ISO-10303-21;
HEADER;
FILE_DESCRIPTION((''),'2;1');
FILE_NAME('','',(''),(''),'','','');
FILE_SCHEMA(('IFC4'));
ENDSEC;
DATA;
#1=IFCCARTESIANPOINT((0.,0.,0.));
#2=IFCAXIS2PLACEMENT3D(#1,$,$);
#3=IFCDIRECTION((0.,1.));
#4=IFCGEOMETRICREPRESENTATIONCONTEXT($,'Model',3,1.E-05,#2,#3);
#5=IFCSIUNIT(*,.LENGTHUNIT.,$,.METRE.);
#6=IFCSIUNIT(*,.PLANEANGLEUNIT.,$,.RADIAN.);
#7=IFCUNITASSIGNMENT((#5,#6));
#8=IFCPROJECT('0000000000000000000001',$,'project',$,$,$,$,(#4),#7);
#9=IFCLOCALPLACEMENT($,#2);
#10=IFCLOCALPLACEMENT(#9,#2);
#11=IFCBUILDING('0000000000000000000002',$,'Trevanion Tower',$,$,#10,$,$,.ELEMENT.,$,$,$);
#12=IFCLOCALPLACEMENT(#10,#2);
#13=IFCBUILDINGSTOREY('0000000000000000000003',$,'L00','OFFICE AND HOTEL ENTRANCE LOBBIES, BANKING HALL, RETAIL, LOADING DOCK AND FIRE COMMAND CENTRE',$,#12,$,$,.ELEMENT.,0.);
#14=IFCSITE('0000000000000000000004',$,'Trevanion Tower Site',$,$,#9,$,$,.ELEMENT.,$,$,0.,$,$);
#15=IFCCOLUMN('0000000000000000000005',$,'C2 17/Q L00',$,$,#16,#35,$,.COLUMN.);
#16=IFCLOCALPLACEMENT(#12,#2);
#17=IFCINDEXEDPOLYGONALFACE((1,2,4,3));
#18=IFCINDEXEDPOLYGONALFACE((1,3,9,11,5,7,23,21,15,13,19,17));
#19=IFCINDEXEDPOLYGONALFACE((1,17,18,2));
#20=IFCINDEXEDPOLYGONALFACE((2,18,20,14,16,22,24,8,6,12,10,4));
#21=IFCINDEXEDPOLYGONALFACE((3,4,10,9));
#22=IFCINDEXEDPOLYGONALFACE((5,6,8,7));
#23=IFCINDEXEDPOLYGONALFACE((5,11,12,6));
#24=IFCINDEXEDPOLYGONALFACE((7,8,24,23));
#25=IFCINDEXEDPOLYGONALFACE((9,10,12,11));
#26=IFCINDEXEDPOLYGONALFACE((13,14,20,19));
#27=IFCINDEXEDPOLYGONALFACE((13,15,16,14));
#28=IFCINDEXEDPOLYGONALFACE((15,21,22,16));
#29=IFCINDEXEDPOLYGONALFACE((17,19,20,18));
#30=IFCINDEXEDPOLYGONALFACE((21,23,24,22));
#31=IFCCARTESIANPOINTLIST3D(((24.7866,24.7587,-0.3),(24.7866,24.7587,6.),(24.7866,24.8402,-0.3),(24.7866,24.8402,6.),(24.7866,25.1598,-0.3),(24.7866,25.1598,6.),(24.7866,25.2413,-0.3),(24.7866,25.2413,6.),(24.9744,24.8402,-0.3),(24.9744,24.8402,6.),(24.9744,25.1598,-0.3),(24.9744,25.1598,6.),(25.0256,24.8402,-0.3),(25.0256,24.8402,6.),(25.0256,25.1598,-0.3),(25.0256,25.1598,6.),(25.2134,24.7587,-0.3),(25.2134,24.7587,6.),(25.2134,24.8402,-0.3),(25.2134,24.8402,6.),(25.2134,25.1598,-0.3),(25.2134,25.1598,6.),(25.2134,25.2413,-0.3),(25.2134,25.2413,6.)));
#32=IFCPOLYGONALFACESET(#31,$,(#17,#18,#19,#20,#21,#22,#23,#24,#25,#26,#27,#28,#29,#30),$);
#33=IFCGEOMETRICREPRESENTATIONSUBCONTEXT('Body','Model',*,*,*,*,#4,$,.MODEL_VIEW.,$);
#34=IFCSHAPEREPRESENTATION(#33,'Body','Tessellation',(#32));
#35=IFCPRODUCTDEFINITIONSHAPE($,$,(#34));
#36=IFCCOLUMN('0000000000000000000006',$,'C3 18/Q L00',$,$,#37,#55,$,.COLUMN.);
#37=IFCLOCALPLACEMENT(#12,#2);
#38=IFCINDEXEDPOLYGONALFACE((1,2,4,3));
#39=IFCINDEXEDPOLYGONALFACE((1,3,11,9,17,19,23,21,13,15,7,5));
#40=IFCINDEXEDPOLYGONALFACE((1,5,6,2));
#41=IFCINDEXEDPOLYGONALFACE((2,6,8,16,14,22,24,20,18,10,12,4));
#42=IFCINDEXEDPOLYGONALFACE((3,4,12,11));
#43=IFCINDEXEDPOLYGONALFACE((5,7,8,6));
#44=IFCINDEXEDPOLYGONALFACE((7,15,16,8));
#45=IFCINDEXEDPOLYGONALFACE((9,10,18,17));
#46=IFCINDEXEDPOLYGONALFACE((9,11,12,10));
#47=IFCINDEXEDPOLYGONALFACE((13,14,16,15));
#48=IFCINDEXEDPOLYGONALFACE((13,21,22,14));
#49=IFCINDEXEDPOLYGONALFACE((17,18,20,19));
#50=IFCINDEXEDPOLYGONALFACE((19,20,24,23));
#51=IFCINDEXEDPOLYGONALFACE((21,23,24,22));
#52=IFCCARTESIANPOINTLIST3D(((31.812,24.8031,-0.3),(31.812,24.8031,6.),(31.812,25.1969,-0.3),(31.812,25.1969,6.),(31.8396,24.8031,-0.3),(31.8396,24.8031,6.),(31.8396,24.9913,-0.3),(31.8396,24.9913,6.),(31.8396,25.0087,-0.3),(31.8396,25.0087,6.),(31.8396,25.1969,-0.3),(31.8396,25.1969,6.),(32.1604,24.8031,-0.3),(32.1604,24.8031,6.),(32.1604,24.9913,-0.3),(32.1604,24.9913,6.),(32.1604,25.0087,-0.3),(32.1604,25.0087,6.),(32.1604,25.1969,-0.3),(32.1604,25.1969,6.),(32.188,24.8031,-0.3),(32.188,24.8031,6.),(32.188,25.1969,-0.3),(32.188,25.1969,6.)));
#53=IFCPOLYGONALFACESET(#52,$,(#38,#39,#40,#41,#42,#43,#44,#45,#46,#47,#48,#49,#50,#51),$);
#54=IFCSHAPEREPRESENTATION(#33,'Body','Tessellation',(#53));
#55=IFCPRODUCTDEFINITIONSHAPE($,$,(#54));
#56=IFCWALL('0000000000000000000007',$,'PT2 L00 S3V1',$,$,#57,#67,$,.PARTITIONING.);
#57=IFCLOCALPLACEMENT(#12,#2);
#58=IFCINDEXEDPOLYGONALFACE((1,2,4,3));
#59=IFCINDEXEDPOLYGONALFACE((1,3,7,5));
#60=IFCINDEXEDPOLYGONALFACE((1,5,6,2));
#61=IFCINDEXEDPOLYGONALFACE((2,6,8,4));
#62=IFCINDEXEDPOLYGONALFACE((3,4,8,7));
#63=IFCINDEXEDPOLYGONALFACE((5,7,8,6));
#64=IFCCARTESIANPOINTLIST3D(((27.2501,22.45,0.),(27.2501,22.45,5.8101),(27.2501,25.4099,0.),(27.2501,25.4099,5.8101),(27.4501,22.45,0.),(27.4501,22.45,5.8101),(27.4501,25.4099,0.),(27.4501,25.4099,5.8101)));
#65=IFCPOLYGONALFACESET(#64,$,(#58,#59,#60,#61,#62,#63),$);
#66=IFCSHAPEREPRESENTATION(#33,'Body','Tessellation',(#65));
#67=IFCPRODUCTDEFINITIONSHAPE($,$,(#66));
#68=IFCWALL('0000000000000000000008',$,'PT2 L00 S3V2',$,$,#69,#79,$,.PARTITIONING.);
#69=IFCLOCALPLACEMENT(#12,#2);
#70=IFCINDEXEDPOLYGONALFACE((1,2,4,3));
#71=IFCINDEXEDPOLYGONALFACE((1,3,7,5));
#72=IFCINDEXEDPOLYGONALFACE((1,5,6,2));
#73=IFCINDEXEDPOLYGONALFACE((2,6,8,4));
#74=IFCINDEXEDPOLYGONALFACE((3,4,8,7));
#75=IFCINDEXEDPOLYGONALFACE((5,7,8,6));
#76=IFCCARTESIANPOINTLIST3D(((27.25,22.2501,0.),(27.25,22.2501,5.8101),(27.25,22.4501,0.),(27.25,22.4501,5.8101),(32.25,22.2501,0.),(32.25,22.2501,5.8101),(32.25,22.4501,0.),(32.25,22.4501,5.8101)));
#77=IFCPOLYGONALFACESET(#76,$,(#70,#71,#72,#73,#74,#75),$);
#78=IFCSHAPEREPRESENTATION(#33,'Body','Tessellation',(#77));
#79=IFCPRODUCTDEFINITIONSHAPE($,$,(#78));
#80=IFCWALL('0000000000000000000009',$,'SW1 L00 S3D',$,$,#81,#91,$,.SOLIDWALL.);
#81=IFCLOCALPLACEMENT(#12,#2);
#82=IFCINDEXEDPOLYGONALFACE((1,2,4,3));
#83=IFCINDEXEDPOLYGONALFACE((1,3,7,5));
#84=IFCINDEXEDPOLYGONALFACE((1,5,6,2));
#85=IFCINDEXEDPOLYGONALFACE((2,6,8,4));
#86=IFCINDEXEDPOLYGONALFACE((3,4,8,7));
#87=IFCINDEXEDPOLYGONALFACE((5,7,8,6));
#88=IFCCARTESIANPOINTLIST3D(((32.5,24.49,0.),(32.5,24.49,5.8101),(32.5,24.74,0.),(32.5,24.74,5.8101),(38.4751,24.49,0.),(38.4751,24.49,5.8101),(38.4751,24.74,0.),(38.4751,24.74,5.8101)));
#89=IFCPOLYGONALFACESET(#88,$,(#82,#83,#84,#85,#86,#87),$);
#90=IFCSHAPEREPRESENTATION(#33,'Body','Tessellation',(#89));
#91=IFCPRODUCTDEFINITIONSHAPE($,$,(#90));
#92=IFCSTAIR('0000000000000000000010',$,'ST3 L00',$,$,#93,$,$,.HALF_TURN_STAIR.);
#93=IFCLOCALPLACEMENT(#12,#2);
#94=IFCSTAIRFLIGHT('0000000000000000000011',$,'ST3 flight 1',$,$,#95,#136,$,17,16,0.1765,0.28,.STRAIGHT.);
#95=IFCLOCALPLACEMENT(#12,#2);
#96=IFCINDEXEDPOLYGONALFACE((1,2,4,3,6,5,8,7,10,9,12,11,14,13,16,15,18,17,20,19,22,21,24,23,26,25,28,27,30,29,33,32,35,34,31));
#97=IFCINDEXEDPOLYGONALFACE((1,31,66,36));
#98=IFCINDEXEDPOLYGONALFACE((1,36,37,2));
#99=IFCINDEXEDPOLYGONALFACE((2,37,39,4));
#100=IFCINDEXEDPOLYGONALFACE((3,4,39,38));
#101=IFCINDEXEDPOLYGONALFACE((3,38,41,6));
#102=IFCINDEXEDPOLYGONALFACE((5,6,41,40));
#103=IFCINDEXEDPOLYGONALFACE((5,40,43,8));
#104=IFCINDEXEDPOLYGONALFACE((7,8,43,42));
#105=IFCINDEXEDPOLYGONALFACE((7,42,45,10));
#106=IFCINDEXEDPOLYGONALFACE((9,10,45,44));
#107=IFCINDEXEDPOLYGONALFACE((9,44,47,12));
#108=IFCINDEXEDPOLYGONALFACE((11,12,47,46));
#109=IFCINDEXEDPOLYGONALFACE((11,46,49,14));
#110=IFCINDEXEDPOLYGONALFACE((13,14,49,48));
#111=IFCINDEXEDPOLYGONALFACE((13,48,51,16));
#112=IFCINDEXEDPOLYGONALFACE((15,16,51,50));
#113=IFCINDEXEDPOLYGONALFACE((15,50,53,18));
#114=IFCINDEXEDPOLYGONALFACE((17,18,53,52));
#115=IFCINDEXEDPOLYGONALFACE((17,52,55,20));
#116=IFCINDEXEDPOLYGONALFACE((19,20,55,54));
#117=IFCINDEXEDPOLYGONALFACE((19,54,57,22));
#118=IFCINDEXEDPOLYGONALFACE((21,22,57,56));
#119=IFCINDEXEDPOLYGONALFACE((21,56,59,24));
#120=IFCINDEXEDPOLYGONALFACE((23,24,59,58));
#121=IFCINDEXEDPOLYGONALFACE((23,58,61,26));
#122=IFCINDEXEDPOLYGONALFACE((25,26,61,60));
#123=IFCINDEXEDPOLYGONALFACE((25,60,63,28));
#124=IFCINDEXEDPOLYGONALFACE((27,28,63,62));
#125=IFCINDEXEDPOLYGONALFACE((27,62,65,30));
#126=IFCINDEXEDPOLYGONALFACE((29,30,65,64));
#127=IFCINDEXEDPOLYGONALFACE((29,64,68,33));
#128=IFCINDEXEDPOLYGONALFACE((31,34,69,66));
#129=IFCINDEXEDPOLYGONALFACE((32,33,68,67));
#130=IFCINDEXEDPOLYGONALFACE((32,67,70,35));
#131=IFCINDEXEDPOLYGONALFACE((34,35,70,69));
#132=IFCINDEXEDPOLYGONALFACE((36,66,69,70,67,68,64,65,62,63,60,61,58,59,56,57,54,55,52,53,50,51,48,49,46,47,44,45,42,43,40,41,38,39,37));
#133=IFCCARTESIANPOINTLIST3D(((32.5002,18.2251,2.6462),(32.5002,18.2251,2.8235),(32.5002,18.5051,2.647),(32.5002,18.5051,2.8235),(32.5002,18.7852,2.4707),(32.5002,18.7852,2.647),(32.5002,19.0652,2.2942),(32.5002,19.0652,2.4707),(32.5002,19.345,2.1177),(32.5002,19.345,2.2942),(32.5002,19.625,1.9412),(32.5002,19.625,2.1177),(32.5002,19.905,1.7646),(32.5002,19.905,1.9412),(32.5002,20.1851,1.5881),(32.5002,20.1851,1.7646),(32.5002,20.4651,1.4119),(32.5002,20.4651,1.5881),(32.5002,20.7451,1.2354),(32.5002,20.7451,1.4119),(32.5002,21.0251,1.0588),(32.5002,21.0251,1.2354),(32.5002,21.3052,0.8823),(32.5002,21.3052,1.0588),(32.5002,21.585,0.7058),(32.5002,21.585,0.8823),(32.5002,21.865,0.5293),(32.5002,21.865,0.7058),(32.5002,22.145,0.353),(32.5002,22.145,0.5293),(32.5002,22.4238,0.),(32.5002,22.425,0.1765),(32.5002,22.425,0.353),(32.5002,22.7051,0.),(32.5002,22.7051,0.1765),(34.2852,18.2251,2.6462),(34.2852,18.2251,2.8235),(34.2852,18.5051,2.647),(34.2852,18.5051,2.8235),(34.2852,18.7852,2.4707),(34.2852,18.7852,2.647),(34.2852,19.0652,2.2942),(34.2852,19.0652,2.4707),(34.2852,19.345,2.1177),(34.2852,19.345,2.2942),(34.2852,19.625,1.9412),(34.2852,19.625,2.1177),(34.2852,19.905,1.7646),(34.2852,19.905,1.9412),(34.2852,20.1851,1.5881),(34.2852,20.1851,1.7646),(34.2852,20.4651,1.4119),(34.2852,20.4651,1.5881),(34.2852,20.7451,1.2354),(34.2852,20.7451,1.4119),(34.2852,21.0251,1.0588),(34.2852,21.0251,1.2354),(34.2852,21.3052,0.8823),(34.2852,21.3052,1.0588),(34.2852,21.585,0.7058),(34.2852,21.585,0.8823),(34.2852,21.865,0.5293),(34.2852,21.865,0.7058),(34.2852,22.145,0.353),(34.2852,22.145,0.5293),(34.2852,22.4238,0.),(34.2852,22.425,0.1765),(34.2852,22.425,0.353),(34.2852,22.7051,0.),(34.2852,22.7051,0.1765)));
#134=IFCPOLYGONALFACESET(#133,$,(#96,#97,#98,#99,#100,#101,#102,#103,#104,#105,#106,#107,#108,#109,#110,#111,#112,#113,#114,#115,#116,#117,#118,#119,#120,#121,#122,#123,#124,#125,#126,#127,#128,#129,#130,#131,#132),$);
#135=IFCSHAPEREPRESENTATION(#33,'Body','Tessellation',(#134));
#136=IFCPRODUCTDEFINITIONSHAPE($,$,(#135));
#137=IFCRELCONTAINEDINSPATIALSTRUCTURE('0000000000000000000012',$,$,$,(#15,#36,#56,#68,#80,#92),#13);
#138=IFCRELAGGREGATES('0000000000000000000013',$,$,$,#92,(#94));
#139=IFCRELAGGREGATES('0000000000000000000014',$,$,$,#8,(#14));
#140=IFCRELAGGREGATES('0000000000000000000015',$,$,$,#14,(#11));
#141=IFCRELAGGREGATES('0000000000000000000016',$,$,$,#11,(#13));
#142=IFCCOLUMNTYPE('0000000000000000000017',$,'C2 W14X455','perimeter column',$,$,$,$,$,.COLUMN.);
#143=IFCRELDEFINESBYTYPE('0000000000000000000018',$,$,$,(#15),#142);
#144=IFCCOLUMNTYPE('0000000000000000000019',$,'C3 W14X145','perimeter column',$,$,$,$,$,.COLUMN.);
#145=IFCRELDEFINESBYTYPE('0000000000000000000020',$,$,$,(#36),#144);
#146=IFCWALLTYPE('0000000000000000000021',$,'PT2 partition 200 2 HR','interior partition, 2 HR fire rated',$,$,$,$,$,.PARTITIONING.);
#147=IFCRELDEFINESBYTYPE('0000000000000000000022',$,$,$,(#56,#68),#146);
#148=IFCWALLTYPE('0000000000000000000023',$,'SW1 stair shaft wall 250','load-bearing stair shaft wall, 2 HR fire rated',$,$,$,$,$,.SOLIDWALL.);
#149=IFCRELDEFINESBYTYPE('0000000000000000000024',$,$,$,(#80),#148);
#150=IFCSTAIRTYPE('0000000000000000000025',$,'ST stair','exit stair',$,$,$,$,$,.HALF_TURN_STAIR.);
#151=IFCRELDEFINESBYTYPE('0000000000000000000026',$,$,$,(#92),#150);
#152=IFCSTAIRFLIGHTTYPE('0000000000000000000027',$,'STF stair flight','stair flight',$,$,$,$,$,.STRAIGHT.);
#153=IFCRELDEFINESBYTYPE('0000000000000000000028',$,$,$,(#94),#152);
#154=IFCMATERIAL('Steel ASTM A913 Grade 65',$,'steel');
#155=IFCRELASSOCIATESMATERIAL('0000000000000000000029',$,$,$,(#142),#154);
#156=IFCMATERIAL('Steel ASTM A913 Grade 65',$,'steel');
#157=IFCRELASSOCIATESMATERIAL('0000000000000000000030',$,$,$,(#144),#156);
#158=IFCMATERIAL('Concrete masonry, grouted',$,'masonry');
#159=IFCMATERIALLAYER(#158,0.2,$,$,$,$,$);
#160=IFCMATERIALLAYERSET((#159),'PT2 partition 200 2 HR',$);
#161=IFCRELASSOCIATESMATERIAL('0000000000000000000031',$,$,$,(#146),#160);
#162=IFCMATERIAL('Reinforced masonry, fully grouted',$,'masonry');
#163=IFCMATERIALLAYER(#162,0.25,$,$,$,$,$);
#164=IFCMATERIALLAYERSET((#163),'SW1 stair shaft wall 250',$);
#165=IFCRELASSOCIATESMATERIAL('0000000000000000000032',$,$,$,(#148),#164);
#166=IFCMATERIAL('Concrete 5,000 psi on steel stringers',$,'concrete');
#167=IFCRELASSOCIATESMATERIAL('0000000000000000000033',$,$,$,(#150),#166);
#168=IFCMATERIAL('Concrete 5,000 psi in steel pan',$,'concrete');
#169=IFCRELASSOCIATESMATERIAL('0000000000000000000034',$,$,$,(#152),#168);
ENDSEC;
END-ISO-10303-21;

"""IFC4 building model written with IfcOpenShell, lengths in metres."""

from ifc_helpers import new_model, si_unit, direction, frame, frame_2d, origin, origin_2d, place, context, subcontext, project, spatial, polyline, rectangle, i_section, outline, extrude, material, layer, layer_set, material_profile, profile_set, type_object, element, aggregate, save


model = new_model("IFC4")

# Units and contexts
model_context = context("Model", 3, precision=1e-05, world=origin(), true_north=direction((0.0, 1.0)))
body_context = subcontext(model_context, "Body", "Model", "MODEL_VIEW")
ifc_project = project(units=[si_unit("LENGTHUNIT", "METRE"), si_unit("PLANEANGLEUNIT", "RADIAN")], contexts=[model_context])

# Site, building, storey
site_placement = place(None, origin())
site = spatial("IfcSite", under=ifc_project, at=site_placement, Name="Trevanion Tower Site", CompositionType="ELEMENT", RefElevation=0.0)
building_placement = place(site_placement, origin())
building = spatial("IfcBuilding", under=site, at=building_placement, Name="Trevanion Tower", CompositionType="ELEMENT")
storey_placement = place(building_placement, origin())
storey = spatial("IfcBuildingStorey", under=building, at=storey_placement, Name="L00", Description="OFFICE AND HOTEL ENTRANCE LOBBIES, BANKING HALL, RETAIL, LOADING DOCK AND FIRE COMMAND CENTRE", CompositionType="ELEMENT", Elevation=0.0)

# Columns
ifc_material_1 = material(Name="Steel ASTM A913 Grade 65", Category="steel")
ifc_material_profile_1 = material_profile(ifc_material_1, i_section(OverallWidth=0.4268, OverallDepth=0.4827, WebThickness=0.0513, FlangeThickness=0.0815, at=origin_2d()), Name="W14X455")
ifc_profile_set_1 = profile_set([ifc_material_profile_1], Name="Steel ASTM A913 Grade 65")
column_type_1 = type_object("IfcColumnType", Name="C2 W14X455", Description="perimeter column", PredefinedType="COLUMN", material=ifc_profile_set_1)
column_1_placement = place(storey_placement, frame((25.0, 25.0, -0.3), z_axis=(0.0, 0.0, 1.0), x_axis=(1.0, 0.0, 0.0)))
element("IfcColumn", 1, at=column_1_placement, inside=storey, type_object=column_type_1, Name="C2 17/Q L00", PredefinedType="COLUMN", context=body_context, shape_type="SweptSolid", body=[
    extrude(i_section(OverallWidth=0.4268, OverallDepth=0.4827, WebThickness=0.0513, FlangeThickness=0.0815, at=origin_2d()), origin(), (0.0, 0.0, 1.0), 6.3),
])
ifc_material_2 = material(Name="Steel ASTM A913 Grade 65", Category="steel")
ifc_material_profile_2 = material_profile(ifc_material_2, i_section(OverallWidth=0.3938, OverallDepth=0.376, WebThickness=0.0173, FlangeThickness=0.0276, at=origin_2d()), Name="W14X145")
ifc_profile_set_2 = profile_set([ifc_material_profile_2], Name="Steel ASTM A913 Grade 65")
column_type_2 = type_object("IfcColumnType", Name="C3 W14X145", Description="perimeter column", PredefinedType="COLUMN", material=ifc_profile_set_2)
column_2_placement = place(storey_placement, frame((32.0, 25.0, -0.3), z_axis=(0.0, 0.0, 1.0), x_axis=(0.0, 1.0, 0.0)))
element("IfcColumn", 2, at=column_2_placement, inside=storey, type_object=column_type_2, Name="C3 18/Q L00", PredefinedType="COLUMN", context=body_context, shape_type="SweptSolid", body=[
    extrude(i_section(OverallWidth=0.3938, OverallDepth=0.376, WebThickness=0.0173, FlangeThickness=0.0276, at=origin_2d()), origin(), (0.0, 0.0, 1.0), 6.3),
])

# Walls
ifc_material_3 = material(Name="Concrete masonry, grouted", Category="masonry")
ifc_layer_1 = layer(ifc_material_3, 0.2)
ifc_layer_set_1 = layer_set([ifc_layer_1], Name="PT2 partition 200 2 HR")
wall_type_1 = type_object("IfcWallType", Name="PT2 partition 200 2 HR", Description="interior partition, 2 HR fire rated", PredefinedType="PARTITIONING", material=ifc_layer_set_1)
wall_1_placement = place(storey_placement, frame((27.3501, 22.45, 0.0), z_axis=(0.0, 0.0, 1.0), x_axis=(0.0, 1.0, 0.0)))
element("IfcWall", 3, at=wall_1_placement, inside=storey, type_object=wall_type_1, Name="PT2 L00 S3V1", PredefinedType="PARTITIONING", context=body_context, shape_type="SweptSolid", body=[
    extrude(rectangle(XDim=2.96, YDim=0.2, at=frame_2d((1.48, 0.0))), origin(), (0.0, 0.0, 1.0), 5.8101),
])
wall_2_placement = place(storey_placement, frame((27.25, 22.3501, 0.0), z_axis=(0.0, 0.0, 1.0), x_axis=(1.0, 0.0, 0.0)))
element("IfcWall", 4, at=wall_2_placement, inside=storey, type_object=wall_type_1, Name="PT2 L00 S3V2", PredefinedType="PARTITIONING", context=body_context, shape_type="SweptSolid", body=[
    extrude(rectangle(XDim=5.0, YDim=0.2, at=frame_2d((2.5, 0.0))), origin(), (0.0, 0.0, 1.0), 5.8101),
])
ifc_material_4 = material(Name="Reinforced masonry, fully grouted", Category="masonry")
ifc_layer_2 = layer(ifc_material_4, 0.25)
ifc_layer_set_2 = layer_set([ifc_layer_2], Name="SW1 stair shaft wall 250")
wall_type_2 = type_object("IfcWallType", Name="SW1 stair shaft wall 250", Description="load-bearing stair shaft wall, 2 HR fire rated", PredefinedType="SOLIDWALL", material=ifc_layer_set_2)
wall_3_placement = place(storey_placement, frame((32.5, 24.615, 0.0), z_axis=(0.0, 0.0, 1.0), x_axis=(1.0, 0.0, 0.0)))
element("IfcWall", 5, at=wall_3_placement, inside=storey, type_object=wall_type_2, Name="SW1 L00 S3D", PredefinedType="SOLIDWALL", context=body_context, shape_type="SweptSolid", body=[
    extrude(rectangle(XDim=5.9751, YDim=0.25, at=frame_2d((2.9875, 0.0))), origin(), (0.0, 0.0, 1.0), 5.8101),
])

# Stair, stair flight
ifc_material_5 = material(Name="Concrete 5,000 psi on steel stringers", Category="concrete")
stair_type = type_object("IfcStairType", Name="ST stair", Description="exit stair", PredefinedType="HALF_TURN_STAIR", material=ifc_material_5)
stair_placement = place(storey_placement, origin())
stair = element("IfcStair", 6, at=stair_placement, inside=storey, type_object=stair_type, Name="ST3 L00", PredefinedType="HALF_TURN_STAIR")
ifc_material_6 = material(Name="Concrete 5,000 psi in steel pan", Category="concrete")
stair_flight_type = type_object("IfcStairFlightType", Name="STF stair flight", Description="stair flight", PredefinedType="STRAIGHT", material=ifc_material_6)
stair_flight_placement = place(storey_placement, frame((33.3926, 22.7051, 0.0), z_axis=(0.0, 0.0, 1.0), x_axis=(0.0, -1.0, 0.0)))
stair_flight = element("IfcStairFlight", 7, at=stair_flight_placement, type_object=stair_flight_type, Name="ST3 flight 1", NumberOfRisers=17, NumberOfTreads=16, PredefinedType="STRAIGHT", RiserHeight=0.1765, TreadLength=0.28, context=body_context, shape_type="SweptSolid", body=[
    extrude(outline(polyline([(0.0, 0.0), (0.0, 0.1765), (0.28, 0.1765), (0.28, 0.353), (0.5601, 0.353), (0.5601, 0.5293), (0.8401, 0.5293), (0.8401, 0.7058), (1.1201, 0.7058), (1.1201, 0.8823), (1.3999, 0.8823), (1.3999, 1.0588), (1.6799, 1.0588), (1.6799, 1.2354), (1.96, 1.2354), (1.96, 1.4119), (2.24, 1.4119), (2.24, 1.5881), (2.52, 1.5881), (2.52, 1.7646), (2.8, 1.7646), (2.8, 1.9412), (3.0801, 1.9412), (3.0801, 2.1177), (3.3601, 2.1177), (3.3601, 2.2942), (3.6399, 2.2942), (3.6399, 2.4707), (3.9199, 2.4707), (3.9199, 2.647), (4.2, 2.647), (4.2, 2.8235), (4.48, 2.8235), (4.48, 3.0), (4.48, 2.6462), (0.2812, 0.0), (0.0, 0.0)])), frame((0.0, 0.8926, 0.0), z_axis=(0.0, -1.0, 0.0), x_axis=(1.0, 0.0, 0.0)), (0.0, 0.0, 1.0), 1.7849),
])
aggregate(stair, [stair_flight])

save(model, "model.ifc")
